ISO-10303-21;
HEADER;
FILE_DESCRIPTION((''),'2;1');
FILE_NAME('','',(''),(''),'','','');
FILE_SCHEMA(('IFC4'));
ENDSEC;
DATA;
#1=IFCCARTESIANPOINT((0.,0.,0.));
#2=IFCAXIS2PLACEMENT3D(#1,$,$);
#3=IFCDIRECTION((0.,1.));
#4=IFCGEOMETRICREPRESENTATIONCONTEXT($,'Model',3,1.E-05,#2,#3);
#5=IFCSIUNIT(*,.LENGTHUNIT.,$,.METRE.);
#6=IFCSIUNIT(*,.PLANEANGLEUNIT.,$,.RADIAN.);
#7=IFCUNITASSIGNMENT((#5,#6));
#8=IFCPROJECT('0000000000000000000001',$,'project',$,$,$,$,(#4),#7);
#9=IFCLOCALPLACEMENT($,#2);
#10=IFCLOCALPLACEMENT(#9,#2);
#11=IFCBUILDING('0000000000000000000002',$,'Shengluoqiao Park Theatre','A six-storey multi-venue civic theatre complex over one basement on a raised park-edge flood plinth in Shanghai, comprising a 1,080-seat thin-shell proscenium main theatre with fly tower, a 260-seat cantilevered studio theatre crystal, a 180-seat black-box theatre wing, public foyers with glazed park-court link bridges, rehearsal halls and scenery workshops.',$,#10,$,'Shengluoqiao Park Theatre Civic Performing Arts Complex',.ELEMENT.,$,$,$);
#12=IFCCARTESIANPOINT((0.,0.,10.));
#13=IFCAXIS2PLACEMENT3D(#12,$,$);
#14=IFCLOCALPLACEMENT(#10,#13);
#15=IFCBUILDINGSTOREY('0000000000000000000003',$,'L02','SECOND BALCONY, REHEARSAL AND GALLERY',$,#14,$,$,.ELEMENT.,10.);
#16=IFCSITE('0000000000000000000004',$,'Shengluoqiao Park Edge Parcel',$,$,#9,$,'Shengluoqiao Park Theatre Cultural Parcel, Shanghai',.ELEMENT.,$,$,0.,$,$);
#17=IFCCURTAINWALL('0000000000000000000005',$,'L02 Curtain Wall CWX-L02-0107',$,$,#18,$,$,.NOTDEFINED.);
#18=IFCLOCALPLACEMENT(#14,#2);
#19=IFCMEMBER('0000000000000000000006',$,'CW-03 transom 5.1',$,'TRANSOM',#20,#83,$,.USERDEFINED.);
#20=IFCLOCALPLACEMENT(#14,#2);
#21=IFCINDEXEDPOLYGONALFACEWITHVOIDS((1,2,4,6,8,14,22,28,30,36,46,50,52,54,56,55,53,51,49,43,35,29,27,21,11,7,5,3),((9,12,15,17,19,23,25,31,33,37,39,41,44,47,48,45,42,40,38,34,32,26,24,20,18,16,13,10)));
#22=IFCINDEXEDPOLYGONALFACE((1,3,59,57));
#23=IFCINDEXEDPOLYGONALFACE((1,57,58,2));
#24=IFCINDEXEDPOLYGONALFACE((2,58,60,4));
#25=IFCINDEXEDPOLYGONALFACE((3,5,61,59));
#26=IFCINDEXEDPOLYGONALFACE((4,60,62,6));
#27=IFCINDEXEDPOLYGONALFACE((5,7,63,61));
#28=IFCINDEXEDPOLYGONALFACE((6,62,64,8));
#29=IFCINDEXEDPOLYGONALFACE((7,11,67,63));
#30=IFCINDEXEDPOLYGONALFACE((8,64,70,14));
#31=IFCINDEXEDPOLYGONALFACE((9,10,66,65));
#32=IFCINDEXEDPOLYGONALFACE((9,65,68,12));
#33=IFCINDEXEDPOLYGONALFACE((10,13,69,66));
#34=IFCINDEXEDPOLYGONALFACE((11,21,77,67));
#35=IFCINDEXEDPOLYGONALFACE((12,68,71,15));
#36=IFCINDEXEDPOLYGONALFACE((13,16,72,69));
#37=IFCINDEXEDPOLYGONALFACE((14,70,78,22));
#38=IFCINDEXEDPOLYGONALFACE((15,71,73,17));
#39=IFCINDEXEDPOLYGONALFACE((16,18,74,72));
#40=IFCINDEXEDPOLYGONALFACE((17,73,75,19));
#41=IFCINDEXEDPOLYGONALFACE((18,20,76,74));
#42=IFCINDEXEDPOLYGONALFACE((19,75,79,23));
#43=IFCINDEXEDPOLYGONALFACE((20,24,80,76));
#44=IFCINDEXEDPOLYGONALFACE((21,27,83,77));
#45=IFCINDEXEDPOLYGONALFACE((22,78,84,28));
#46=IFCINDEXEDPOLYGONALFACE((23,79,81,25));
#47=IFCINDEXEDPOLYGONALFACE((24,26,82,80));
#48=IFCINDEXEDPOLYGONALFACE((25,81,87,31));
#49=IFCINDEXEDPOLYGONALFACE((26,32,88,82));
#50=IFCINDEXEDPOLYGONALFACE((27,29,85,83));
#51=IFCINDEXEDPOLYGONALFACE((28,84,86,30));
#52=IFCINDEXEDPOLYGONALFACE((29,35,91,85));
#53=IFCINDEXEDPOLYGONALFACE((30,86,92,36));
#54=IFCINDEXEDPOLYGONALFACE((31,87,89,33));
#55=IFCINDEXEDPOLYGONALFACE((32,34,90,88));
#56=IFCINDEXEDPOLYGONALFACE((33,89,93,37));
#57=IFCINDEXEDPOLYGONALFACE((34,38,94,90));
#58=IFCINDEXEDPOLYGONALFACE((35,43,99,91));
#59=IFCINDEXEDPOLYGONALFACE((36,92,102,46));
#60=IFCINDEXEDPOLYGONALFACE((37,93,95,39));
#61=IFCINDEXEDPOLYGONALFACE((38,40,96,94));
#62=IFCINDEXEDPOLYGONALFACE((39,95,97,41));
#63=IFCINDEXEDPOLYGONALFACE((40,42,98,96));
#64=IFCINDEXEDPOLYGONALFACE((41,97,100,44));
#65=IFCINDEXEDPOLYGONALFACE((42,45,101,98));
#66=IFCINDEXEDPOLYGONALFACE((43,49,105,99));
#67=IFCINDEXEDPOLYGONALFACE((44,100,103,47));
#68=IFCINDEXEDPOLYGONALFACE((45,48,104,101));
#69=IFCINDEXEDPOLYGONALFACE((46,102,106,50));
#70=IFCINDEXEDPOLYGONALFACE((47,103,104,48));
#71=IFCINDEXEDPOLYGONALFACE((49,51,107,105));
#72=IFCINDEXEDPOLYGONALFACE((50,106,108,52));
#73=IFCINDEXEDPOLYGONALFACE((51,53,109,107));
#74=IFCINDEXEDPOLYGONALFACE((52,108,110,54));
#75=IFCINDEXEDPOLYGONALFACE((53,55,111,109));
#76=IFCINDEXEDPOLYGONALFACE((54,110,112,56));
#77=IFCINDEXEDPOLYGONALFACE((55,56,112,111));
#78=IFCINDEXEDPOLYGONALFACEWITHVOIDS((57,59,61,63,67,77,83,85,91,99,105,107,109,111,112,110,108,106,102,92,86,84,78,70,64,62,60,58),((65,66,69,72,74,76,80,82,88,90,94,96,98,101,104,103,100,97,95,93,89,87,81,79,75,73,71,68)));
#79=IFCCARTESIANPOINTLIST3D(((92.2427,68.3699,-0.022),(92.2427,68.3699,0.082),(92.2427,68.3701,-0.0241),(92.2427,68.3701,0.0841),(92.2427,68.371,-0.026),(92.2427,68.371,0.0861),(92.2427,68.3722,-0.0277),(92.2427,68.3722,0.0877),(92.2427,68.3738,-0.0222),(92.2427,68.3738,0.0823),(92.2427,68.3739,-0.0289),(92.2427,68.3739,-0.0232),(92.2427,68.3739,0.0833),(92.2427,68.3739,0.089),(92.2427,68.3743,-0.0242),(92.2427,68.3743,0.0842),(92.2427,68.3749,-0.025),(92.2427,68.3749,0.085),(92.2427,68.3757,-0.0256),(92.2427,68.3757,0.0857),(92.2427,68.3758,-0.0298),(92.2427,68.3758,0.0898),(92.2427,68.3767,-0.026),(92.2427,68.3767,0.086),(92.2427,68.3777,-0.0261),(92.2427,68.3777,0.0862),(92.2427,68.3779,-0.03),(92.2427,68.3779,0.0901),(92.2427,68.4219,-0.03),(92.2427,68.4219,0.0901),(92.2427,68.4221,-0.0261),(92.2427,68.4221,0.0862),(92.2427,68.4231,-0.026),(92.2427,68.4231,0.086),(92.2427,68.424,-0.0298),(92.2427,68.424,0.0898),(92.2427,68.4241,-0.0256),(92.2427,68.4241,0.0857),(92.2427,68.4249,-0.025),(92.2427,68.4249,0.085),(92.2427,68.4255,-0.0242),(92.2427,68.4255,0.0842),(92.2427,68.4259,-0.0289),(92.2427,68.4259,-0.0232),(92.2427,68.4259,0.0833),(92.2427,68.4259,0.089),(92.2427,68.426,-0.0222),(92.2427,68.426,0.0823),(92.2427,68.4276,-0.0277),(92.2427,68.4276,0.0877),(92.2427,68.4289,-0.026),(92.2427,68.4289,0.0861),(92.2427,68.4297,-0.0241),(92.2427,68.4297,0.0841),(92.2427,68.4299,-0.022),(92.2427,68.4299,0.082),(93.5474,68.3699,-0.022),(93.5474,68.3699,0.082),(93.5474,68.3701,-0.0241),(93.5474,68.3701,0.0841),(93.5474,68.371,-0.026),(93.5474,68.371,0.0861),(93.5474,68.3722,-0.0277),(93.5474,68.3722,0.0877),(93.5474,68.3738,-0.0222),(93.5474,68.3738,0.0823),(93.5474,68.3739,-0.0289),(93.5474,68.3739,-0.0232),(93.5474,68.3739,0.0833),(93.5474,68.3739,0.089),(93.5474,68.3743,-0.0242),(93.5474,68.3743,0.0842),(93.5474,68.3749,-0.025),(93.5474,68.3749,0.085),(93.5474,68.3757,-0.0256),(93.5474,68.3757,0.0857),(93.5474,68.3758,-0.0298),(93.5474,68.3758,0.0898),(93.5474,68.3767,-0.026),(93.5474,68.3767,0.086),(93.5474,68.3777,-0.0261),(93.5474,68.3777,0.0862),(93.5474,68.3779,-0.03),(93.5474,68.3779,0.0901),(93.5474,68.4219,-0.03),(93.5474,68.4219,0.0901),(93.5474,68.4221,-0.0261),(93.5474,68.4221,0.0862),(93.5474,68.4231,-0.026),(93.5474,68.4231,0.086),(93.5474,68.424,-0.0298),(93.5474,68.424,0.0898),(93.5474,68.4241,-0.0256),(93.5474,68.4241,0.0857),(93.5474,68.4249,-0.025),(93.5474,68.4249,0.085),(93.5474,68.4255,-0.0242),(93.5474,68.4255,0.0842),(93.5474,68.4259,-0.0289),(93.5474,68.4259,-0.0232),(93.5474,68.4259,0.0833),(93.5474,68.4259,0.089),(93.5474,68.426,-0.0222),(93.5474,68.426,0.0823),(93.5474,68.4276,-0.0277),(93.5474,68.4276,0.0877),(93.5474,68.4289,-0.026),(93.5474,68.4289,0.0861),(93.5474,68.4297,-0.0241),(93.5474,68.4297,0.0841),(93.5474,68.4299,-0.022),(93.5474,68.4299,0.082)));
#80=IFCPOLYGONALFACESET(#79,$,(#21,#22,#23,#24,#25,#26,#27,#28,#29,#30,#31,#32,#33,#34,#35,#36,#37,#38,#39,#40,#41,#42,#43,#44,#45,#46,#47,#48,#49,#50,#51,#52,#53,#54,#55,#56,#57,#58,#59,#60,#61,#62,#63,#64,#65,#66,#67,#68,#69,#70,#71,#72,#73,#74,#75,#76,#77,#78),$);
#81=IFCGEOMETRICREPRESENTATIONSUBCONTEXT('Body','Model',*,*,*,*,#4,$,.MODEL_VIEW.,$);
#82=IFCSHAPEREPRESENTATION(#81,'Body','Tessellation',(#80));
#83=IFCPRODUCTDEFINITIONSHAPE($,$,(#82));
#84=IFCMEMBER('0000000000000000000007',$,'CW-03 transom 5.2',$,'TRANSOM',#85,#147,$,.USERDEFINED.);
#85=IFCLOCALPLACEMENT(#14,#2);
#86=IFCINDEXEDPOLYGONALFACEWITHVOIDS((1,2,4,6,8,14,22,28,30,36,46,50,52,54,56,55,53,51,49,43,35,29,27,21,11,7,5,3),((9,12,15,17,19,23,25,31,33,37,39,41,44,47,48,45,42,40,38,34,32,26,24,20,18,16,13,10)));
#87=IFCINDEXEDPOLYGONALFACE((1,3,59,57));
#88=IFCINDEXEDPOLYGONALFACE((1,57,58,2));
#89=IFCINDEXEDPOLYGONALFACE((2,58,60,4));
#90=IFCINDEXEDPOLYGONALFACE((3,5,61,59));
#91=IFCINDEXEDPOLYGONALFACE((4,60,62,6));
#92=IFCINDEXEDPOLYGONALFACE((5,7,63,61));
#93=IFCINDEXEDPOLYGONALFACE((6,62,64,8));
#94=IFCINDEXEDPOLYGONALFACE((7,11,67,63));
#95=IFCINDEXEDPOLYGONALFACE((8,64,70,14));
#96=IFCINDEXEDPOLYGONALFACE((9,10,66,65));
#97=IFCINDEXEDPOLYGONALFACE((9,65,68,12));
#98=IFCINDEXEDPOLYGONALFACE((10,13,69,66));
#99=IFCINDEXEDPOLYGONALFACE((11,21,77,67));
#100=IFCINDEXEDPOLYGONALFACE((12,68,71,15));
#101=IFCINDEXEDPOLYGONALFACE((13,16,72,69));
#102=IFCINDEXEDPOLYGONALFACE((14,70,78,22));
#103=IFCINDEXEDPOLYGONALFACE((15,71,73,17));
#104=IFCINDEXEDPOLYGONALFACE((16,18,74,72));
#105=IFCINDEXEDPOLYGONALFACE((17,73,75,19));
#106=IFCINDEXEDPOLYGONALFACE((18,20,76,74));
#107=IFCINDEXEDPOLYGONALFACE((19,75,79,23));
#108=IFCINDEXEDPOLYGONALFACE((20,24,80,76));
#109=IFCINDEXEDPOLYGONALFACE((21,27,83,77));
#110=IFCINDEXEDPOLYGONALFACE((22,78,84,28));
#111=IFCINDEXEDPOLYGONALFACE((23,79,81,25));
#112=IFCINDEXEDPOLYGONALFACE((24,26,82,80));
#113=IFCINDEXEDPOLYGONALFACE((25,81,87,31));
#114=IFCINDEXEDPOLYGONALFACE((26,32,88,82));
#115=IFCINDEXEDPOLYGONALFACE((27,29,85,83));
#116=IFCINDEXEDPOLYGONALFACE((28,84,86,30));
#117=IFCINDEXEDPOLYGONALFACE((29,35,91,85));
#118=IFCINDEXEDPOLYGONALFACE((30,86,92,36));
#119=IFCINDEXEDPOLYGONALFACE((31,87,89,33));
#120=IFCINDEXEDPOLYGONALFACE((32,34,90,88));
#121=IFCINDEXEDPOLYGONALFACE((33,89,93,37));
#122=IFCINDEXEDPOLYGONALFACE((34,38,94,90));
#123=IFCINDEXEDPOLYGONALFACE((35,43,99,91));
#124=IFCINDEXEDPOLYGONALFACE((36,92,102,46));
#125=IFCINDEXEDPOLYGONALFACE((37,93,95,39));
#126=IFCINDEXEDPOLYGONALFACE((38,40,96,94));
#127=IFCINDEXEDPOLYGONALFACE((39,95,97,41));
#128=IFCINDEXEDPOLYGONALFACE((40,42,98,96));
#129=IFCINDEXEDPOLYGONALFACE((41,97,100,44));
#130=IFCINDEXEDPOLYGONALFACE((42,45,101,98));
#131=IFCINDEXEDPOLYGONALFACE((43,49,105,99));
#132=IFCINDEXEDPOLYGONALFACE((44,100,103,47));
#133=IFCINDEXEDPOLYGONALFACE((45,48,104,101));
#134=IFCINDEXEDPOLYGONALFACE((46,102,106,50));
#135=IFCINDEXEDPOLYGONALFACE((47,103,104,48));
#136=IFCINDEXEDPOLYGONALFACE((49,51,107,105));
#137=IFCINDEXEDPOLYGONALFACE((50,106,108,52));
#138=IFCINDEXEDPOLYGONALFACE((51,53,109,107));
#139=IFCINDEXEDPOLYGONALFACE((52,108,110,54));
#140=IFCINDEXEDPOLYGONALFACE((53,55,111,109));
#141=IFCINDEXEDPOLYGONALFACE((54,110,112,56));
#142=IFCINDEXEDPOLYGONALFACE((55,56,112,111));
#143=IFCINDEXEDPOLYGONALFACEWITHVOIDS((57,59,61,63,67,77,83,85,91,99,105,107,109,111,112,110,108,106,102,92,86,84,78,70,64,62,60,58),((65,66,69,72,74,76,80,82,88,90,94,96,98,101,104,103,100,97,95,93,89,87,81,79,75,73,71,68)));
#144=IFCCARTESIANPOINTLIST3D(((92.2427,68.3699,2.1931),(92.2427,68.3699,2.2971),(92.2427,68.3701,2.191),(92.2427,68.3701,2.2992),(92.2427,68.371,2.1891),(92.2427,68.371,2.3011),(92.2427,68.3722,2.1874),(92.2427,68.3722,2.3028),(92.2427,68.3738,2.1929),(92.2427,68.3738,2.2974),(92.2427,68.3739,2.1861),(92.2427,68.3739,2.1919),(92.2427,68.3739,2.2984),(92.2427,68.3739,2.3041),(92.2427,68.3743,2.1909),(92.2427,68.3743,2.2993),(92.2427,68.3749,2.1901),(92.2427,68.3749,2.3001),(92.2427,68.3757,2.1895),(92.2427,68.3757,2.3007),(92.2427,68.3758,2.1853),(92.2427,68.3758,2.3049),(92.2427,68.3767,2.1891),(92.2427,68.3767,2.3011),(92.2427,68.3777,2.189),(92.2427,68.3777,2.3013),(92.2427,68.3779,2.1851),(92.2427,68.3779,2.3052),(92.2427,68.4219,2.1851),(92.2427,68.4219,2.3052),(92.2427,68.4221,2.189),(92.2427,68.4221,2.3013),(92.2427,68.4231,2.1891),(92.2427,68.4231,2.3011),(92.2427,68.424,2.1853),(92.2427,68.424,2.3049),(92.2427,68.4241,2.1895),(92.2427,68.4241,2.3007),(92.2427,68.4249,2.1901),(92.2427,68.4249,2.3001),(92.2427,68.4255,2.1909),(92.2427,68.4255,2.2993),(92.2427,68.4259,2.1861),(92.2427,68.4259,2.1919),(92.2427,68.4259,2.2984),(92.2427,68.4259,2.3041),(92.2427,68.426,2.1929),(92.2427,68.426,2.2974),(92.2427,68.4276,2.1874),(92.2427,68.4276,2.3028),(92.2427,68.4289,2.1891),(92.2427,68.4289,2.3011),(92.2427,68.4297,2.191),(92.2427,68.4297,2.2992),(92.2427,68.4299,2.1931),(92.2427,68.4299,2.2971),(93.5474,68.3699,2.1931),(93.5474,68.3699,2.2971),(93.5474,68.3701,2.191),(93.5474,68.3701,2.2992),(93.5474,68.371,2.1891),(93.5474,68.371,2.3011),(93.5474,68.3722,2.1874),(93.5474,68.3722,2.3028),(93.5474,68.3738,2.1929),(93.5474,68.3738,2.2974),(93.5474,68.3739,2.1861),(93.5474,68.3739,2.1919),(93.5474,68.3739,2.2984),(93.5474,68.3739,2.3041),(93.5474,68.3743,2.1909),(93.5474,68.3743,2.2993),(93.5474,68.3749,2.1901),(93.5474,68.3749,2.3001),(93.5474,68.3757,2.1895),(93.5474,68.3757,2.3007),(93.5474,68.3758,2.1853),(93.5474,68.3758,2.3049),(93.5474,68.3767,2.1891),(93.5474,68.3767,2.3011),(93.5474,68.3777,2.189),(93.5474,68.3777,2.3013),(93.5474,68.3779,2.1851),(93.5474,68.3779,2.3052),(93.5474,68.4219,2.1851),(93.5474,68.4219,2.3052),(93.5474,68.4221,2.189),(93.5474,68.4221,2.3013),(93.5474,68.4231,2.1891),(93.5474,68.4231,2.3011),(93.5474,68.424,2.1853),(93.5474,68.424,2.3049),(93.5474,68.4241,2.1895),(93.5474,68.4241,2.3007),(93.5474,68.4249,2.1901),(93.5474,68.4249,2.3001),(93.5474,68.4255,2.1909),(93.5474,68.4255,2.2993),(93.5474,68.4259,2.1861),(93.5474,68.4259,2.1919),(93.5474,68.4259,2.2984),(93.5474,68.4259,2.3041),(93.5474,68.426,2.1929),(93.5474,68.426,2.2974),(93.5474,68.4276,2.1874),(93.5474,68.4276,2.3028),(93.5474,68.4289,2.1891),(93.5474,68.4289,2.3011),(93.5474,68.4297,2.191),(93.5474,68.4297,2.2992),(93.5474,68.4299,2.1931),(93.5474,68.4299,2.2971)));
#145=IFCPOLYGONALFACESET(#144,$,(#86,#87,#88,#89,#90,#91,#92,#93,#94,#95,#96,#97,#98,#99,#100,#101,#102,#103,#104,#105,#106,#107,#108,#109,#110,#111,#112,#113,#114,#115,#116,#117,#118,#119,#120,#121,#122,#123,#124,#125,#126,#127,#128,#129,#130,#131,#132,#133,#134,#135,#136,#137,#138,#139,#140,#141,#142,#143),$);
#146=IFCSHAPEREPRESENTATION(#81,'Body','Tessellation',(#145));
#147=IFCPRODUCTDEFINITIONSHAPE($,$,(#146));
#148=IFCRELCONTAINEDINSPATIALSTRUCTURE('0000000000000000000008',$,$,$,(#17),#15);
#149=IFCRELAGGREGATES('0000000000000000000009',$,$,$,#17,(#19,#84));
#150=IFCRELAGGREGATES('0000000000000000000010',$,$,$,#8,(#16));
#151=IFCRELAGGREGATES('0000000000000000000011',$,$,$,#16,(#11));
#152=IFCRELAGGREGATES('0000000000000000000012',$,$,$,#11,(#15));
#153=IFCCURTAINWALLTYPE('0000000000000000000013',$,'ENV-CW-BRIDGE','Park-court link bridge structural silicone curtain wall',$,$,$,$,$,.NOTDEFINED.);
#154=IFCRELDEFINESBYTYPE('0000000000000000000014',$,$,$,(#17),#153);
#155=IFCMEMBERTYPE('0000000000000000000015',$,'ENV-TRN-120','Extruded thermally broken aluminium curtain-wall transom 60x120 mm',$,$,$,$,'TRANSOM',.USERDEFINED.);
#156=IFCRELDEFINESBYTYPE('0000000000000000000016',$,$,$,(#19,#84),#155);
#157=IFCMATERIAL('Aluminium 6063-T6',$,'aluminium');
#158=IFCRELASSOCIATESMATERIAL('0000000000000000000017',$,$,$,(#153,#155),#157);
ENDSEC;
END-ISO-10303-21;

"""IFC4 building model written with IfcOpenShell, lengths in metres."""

from ifc_helpers import new_model, si_unit, direction, frame, origin, origin_2d, place, context, subcontext, project, spatial, hollow_rectangle, extrude, material, material_profile, profile_set, type_object, element, aggregate, save


model = new_model("IFC4")

# Units and contexts
model_context = context("Model", 3, precision=1e-05, world=origin(), true_north=direction((0.0, 1.0)))
body_context = subcontext(model_context, "Body", "Model", "MODEL_VIEW")
ifc_project = project(units=[si_unit("LENGTHUNIT", "METRE"), si_unit("PLANEANGLEUNIT", "RADIAN")], contexts=[model_context])

# Site, building, storey
site_placement = place(None, origin())
site = spatial("IfcSite", under=ifc_project, at=site_placement, Name="Shengluoqiao Park Edge Parcel", LongName="Shengluoqiao Park Theatre Cultural Parcel, Shanghai", CompositionType="ELEMENT", RefElevation=0.0)
building_placement = place(site_placement, origin())
building = spatial("IfcBuilding", under=site, at=building_placement, Name="Shengluoqiao Park Theatre", Description="A six-storey multi-venue civic theatre complex over one basement on a raised park-edge flood plinth in Shanghai, comprising a 1,080-seat thin-shell proscenium main theatre with fly tower, a 260-seat cantilevered studio theatre crystal, a 180-seat black-box theatre wing, public foyers with glazed park-court link bridges, rehearsal halls and scenery workshops.", LongName="Shengluoqiao Park Theatre Civic Performing Arts Complex", CompositionType="ELEMENT")
storey_placement = place(building_placement, frame((0.0, 0.0, 10.0)))
storey = spatial("IfcBuildingStorey", under=building, at=storey_placement, Name="L02", Description="SECOND BALCONY, REHEARSAL AND GALLERY", CompositionType="ELEMENT", Elevation=10.0)

# Curtain wall, members
ifc_material_1 = material(Name="Aluminium 6063-T6", Category="aluminium")
curtain_wall_type = type_object("IfcCurtainWallType", Name="ENV-CW-BRIDGE", Description="Park-court link bridge structural silicone curtain wall", PredefinedType="NOTDEFINED", material=ifc_material_1)
curtain_wall_placement = place(storey_placement, origin())
curtain_wall = element("IfcCurtainWall", 1, at=curtain_wall_placement, inside=storey, type_object=curtain_wall_type, Name="L02 Curtain Wall CWX-L02-0107", PredefinedType="NOTDEFINED")
ifc_material_profile_1 = material_profile(ifc_material_1, hollow_rectangle(XDim=0.0601, YDim=0.1201, WallThickness=0.0039, InnerFilletRadius=0.0039, OuterFilletRadius=0.0081, at=origin_2d()), Name="ALU TRANSOM 120x60x4")
ifc_profile_set_1 = profile_set([ifc_material_profile_1], Name="Aluminium 6063-T6")
member_type_1 = type_object("IfcMemberType", Name="ENV-TRN-120", Description="Extruded thermally broken aluminium curtain-wall transom 60x120 mm", ElementType="TRANSOM", PredefinedType="USERDEFINED", material=ifc_profile_set_1)
member_1_placement = place(storey_placement, frame((92.2427, 68.3999, 0.03), z_axis=(1.0, 0.0, 0.0), x_axis=(0.0, 1.0, 0.0)))
member_1 = element("IfcMember", 2, at=member_1_placement, type_object=member_type_1, Name="CW-03 transom 5.1", ObjectType="TRANSOM", PredefinedType="USERDEFINED", context=body_context, shape_type="SweptSolid", body=[
    extrude(hollow_rectangle(XDim=0.0601, YDim=0.1201, WallThickness=0.0039, InnerFilletRadius=0.0039, OuterFilletRadius=0.0081, at=origin_2d()), origin(), (0.0, 0.0, 1.0), 1.3047),
])
member_2_placement = place(storey_placement, frame((92.2427, 68.3999, 2.2451), z_axis=(1.0, 0.0, 0.0), x_axis=(0.0, 1.0, 0.0)))
member_2 = element("IfcMember", 3, at=member_2_placement, type_object=member_type_1, Name="CW-03 transom 5.2", ObjectType="TRANSOM", PredefinedType="USERDEFINED", context=body_context, shape_type="SweptSolid", body=[
    extrude(hollow_rectangle(XDim=0.0601, YDim=0.1201, WallThickness=0.0039, InnerFilletRadius=0.0039, OuterFilletRadius=0.0081, at=origin_2d()), origin(), (0.0, 0.0, 1.0), 1.3047),
])
aggregate(curtain_wall, [member_1, member_2])

save(model, "model.ifc")
